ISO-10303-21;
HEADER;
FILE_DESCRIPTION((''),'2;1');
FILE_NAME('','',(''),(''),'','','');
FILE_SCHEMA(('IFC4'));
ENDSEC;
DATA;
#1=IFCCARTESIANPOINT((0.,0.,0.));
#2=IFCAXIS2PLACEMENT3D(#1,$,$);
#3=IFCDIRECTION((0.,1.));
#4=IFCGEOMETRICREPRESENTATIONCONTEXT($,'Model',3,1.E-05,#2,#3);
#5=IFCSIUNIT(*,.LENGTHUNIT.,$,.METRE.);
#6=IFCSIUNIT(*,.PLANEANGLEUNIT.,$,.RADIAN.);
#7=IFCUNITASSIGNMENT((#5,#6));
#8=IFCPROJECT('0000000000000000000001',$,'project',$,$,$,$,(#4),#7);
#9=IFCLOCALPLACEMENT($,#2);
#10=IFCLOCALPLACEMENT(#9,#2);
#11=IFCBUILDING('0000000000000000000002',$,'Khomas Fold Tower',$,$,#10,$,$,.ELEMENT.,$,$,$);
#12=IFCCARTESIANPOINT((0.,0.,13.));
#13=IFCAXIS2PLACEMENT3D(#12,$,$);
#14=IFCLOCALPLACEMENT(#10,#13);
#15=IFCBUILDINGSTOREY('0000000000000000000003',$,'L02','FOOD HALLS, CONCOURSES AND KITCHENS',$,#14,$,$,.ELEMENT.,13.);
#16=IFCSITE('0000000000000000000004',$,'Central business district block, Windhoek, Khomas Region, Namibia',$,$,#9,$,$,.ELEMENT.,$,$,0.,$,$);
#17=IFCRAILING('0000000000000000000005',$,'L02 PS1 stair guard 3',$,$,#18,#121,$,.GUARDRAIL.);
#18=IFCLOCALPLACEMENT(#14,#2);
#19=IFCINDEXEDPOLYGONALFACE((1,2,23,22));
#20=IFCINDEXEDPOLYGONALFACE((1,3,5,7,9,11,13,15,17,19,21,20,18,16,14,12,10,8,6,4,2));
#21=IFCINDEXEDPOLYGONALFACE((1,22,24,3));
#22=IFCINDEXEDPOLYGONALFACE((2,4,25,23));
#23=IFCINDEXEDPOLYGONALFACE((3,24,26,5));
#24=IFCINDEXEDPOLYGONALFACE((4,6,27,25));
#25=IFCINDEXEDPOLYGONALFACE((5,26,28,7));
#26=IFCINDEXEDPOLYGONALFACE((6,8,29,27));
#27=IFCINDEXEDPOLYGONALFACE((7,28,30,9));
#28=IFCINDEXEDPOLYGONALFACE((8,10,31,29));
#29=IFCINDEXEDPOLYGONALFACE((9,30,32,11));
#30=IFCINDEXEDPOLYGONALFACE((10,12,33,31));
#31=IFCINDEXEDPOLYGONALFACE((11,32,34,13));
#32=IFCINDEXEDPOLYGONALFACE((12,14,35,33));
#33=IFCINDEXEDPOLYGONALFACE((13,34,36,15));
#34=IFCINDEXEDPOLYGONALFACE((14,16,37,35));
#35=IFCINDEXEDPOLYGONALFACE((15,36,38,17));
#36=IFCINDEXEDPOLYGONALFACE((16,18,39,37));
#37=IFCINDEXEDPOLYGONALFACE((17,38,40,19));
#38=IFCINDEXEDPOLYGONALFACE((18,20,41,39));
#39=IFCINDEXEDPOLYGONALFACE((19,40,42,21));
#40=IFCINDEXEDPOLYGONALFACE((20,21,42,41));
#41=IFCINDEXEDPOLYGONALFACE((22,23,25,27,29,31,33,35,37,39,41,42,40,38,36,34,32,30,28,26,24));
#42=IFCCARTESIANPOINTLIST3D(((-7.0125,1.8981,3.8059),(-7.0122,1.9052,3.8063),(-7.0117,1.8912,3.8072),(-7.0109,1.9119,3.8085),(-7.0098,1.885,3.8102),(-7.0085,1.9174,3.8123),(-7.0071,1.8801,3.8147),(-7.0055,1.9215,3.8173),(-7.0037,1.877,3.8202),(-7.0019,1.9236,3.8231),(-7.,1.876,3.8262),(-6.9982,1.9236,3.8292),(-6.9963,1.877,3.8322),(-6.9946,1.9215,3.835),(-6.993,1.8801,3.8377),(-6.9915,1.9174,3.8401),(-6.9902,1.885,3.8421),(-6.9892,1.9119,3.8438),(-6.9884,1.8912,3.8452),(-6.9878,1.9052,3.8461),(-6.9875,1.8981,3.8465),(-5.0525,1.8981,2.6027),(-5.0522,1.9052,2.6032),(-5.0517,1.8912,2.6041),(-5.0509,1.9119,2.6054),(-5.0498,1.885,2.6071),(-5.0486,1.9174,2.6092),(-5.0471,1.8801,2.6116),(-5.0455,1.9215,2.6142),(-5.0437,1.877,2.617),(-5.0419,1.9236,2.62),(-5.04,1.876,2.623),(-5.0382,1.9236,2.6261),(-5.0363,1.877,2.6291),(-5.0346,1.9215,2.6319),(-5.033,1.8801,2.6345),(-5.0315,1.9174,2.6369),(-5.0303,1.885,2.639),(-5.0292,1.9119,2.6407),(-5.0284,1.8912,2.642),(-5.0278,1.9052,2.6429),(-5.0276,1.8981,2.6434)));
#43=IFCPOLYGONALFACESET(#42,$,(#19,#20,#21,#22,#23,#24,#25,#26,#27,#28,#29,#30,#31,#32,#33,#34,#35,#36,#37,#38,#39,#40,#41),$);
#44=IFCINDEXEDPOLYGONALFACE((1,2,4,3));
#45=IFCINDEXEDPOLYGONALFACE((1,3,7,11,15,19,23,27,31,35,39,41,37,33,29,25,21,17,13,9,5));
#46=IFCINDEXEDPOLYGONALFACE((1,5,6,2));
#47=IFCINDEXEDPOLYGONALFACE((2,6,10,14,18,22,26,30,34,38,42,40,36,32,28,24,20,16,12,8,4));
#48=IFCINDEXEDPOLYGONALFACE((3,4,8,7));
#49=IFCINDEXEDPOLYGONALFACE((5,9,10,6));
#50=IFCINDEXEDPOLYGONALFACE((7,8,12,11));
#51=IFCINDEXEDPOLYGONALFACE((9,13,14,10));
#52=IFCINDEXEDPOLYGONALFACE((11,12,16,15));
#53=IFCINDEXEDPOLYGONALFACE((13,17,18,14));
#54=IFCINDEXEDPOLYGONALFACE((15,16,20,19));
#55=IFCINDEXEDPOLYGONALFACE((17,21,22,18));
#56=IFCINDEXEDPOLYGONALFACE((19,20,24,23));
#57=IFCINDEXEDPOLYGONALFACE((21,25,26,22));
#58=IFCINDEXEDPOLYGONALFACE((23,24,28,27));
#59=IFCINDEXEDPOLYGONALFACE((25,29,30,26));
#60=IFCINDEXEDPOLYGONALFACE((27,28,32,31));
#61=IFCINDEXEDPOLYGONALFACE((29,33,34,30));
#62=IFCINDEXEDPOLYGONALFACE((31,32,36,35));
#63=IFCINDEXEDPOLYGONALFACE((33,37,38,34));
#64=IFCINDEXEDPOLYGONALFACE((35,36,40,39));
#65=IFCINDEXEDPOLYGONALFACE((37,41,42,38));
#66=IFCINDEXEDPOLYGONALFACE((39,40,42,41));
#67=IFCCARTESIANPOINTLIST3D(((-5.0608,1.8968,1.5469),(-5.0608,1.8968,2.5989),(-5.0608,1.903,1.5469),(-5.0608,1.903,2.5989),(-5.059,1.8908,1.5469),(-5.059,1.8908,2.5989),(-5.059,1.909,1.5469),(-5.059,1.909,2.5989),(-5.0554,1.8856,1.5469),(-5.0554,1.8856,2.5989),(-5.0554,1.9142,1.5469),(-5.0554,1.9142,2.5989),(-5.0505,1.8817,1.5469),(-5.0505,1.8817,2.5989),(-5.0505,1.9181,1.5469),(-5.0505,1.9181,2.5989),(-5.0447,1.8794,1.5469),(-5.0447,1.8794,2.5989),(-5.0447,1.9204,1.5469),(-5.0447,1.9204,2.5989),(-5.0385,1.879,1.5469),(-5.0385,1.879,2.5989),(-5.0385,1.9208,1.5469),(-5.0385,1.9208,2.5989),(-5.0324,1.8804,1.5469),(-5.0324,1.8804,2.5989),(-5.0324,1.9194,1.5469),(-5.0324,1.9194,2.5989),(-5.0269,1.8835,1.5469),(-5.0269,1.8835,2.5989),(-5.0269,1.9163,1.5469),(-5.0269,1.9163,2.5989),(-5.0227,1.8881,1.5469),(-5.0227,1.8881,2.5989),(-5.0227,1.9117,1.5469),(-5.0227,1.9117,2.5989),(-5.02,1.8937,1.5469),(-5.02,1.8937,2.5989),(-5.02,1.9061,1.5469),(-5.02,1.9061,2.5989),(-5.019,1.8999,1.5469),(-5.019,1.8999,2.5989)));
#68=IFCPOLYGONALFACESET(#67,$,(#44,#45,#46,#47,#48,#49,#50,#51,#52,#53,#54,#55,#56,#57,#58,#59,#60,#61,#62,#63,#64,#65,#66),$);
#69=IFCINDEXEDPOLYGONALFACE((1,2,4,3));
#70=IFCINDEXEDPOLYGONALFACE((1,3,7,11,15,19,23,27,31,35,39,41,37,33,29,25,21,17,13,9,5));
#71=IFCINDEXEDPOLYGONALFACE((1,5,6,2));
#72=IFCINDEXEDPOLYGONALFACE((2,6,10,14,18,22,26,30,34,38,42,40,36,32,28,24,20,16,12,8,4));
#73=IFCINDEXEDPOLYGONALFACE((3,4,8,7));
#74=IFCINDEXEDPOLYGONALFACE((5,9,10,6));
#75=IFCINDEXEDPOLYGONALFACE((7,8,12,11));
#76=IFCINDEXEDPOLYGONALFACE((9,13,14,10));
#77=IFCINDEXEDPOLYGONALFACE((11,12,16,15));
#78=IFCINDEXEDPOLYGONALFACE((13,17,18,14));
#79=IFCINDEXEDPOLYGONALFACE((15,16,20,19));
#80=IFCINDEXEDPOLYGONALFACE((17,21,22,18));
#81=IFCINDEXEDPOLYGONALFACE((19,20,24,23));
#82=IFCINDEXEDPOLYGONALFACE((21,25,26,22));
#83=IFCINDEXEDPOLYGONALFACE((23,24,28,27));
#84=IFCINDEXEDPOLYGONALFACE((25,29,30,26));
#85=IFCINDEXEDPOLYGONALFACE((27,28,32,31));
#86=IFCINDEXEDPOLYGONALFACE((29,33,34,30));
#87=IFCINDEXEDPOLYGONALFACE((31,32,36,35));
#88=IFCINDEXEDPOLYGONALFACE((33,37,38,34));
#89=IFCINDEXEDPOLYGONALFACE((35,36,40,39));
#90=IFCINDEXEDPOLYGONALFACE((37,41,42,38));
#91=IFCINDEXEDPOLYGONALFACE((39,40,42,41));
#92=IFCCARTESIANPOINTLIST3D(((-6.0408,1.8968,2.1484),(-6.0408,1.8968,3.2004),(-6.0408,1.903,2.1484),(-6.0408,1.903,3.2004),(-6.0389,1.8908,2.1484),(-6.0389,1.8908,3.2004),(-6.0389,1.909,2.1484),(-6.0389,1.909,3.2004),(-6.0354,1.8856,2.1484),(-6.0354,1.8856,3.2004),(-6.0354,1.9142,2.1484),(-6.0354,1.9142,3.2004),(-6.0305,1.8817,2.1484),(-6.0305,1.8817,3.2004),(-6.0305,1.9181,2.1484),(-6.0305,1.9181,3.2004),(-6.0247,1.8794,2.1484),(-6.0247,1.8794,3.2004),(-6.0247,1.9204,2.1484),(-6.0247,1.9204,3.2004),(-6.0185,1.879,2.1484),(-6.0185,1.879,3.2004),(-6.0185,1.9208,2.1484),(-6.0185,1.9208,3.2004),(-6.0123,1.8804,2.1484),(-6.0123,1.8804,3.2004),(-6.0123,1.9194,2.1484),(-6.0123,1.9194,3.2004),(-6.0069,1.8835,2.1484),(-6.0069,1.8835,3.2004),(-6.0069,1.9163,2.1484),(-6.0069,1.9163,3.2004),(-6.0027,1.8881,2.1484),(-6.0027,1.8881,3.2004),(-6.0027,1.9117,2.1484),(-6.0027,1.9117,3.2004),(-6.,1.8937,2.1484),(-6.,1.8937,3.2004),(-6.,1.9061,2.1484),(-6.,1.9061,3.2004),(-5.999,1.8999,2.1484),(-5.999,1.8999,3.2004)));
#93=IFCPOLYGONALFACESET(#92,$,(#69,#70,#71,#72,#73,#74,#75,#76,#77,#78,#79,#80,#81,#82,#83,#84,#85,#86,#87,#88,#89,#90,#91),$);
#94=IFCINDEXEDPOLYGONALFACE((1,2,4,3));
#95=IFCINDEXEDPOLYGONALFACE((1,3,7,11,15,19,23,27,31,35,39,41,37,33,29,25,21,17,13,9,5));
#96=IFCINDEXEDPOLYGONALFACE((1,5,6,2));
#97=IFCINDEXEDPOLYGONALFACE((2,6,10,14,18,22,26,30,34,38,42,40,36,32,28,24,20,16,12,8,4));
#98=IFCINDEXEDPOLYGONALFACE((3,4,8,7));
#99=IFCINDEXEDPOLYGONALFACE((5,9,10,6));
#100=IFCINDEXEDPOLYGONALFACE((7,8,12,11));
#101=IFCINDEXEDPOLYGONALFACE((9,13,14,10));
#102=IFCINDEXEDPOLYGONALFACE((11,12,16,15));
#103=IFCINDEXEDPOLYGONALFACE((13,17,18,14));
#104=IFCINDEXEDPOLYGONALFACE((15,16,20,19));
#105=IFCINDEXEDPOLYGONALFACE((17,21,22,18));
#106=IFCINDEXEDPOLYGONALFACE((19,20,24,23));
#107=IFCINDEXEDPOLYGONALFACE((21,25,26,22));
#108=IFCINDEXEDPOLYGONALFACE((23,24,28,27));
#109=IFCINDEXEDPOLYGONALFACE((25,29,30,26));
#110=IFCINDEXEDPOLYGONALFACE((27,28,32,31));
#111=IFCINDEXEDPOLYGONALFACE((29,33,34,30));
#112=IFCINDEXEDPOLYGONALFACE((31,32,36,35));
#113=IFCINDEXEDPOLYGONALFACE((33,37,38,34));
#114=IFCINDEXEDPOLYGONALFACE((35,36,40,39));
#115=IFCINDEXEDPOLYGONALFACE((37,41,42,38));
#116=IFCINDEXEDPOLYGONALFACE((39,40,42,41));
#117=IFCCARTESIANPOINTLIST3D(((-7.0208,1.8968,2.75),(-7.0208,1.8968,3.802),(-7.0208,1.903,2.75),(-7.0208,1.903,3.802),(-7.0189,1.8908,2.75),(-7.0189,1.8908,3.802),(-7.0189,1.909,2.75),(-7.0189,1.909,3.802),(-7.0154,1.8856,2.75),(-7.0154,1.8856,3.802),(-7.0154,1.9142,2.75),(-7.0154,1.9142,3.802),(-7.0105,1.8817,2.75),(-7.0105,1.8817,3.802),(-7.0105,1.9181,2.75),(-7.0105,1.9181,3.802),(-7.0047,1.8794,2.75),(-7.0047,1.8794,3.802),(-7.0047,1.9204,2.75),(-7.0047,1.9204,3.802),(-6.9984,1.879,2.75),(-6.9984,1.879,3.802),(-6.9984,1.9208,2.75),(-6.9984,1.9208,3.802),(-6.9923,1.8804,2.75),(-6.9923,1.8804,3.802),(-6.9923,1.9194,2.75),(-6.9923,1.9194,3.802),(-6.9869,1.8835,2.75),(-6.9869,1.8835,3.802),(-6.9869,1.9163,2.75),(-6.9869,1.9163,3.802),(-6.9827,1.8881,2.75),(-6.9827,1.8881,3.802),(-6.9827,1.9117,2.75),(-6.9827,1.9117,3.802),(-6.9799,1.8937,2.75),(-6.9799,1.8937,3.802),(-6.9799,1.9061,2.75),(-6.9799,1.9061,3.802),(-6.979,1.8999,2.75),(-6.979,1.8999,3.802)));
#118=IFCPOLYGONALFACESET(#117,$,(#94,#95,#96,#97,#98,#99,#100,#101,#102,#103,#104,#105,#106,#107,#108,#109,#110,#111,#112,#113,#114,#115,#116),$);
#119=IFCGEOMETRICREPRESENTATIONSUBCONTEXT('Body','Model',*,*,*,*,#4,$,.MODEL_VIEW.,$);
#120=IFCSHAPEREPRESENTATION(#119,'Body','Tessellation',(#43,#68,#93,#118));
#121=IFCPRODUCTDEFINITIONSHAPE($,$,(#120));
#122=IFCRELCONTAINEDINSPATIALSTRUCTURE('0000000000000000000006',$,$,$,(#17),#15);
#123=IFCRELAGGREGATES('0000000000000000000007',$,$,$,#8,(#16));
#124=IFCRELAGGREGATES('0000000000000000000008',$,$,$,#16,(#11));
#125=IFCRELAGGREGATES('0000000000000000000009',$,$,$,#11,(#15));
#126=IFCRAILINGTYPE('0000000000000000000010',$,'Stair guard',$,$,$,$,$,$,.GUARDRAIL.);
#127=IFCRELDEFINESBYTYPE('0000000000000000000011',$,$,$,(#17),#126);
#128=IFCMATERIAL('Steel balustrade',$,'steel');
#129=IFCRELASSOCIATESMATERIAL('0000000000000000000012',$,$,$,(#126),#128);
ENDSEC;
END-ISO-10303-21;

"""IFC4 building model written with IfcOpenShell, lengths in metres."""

from ifc_helpers import new_model, si_unit, direction, frame, origin, origin_2d, place, context, subcontext, project, spatial, circle, extrude, source, transform, mapped, material, type_object, element, save


model = new_model("IFC4")

# Units and contexts
model_context = context("Model", 3, precision=1e-05, world=origin(), true_north=direction((0.0, 1.0)))
body_context = subcontext(model_context, "Body", "Model", "MODEL_VIEW")
ifc_project = project(units=[si_unit("LENGTHUNIT", "METRE"), si_unit("PLANEANGLEUNIT", "RADIAN")], contexts=[model_context])

# Site, building, storey
site_placement = place(None, origin())
site = spatial("IfcSite", under=ifc_project, at=site_placement, Name="Central business district block, Windhoek, Khomas Region, Namibia", CompositionType="ELEMENT", RefElevation=0.0)
building_placement = place(site_placement, origin())
building = spatial("IfcBuilding", under=site, at=building_placement, Name="Khomas Fold Tower", CompositionType="ELEMENT")
storey_placement = place(building_placement, frame((0.0, 0.0, 13.0)))
storey = spatial("IfcBuildingStorey", under=building, at=storey_placement, Name="L02", Description="FOOD HALLS, CONCOURSES AND KITCHENS", CompositionType="ELEMENT", Elevation=13.0)

# Railing
ifc_material_1 = material(Name="Steel balustrade", Category="steel")
railing_type_1 = type_object("IfcRailingType", Name="Stair guard", PredefinedType="GUARDRAIL", material=ifc_material_1)
shared_shape_1 = source(origin(), body_context, "Body", "SweptSolid", [
    extrude(circle(Radius=0.0239, at=origin_2d()), frame((0.0, 0.0, 1.0762), z_axis=(-0.852241, 0.0, 0.523149), x_axis=(0.0, -1.0, 0.0)), (0.0, 0.0, 1.0), 2.2998),
    extrude(circle(Radius=0.021, at=origin_2d()), origin(), (0.0, 0.0, 1.0), 1.052),
    extrude(circle(Radius=0.021, at=origin_2d()), frame((-0.98, 0.0, 0.6016)), (0.0, 0.0, 1.0), 1.052),
    extrude(circle(Radius=0.021, at=origin_2d()), frame((-1.96, 0.0, 1.2031)), (0.0, 0.0, 1.0), 1.052),
])
for number, where, name in (
    (1, (-5.04, 1.8999, 1.5469), "L02 PS1 stair guard 3"),
):
    element("IfcRailing", number, at=place(storey_placement, frame(where)), inside=storey, type_object=railing_type_1, Name=name, PredefinedType="GUARDRAIL", context=body_context, shape_type="MappedRepresentation", body=[
        mapped(shared_shape_1, transform((0.0, 0.0, 0.0))),
    ])

save(model, "model.ifc")
